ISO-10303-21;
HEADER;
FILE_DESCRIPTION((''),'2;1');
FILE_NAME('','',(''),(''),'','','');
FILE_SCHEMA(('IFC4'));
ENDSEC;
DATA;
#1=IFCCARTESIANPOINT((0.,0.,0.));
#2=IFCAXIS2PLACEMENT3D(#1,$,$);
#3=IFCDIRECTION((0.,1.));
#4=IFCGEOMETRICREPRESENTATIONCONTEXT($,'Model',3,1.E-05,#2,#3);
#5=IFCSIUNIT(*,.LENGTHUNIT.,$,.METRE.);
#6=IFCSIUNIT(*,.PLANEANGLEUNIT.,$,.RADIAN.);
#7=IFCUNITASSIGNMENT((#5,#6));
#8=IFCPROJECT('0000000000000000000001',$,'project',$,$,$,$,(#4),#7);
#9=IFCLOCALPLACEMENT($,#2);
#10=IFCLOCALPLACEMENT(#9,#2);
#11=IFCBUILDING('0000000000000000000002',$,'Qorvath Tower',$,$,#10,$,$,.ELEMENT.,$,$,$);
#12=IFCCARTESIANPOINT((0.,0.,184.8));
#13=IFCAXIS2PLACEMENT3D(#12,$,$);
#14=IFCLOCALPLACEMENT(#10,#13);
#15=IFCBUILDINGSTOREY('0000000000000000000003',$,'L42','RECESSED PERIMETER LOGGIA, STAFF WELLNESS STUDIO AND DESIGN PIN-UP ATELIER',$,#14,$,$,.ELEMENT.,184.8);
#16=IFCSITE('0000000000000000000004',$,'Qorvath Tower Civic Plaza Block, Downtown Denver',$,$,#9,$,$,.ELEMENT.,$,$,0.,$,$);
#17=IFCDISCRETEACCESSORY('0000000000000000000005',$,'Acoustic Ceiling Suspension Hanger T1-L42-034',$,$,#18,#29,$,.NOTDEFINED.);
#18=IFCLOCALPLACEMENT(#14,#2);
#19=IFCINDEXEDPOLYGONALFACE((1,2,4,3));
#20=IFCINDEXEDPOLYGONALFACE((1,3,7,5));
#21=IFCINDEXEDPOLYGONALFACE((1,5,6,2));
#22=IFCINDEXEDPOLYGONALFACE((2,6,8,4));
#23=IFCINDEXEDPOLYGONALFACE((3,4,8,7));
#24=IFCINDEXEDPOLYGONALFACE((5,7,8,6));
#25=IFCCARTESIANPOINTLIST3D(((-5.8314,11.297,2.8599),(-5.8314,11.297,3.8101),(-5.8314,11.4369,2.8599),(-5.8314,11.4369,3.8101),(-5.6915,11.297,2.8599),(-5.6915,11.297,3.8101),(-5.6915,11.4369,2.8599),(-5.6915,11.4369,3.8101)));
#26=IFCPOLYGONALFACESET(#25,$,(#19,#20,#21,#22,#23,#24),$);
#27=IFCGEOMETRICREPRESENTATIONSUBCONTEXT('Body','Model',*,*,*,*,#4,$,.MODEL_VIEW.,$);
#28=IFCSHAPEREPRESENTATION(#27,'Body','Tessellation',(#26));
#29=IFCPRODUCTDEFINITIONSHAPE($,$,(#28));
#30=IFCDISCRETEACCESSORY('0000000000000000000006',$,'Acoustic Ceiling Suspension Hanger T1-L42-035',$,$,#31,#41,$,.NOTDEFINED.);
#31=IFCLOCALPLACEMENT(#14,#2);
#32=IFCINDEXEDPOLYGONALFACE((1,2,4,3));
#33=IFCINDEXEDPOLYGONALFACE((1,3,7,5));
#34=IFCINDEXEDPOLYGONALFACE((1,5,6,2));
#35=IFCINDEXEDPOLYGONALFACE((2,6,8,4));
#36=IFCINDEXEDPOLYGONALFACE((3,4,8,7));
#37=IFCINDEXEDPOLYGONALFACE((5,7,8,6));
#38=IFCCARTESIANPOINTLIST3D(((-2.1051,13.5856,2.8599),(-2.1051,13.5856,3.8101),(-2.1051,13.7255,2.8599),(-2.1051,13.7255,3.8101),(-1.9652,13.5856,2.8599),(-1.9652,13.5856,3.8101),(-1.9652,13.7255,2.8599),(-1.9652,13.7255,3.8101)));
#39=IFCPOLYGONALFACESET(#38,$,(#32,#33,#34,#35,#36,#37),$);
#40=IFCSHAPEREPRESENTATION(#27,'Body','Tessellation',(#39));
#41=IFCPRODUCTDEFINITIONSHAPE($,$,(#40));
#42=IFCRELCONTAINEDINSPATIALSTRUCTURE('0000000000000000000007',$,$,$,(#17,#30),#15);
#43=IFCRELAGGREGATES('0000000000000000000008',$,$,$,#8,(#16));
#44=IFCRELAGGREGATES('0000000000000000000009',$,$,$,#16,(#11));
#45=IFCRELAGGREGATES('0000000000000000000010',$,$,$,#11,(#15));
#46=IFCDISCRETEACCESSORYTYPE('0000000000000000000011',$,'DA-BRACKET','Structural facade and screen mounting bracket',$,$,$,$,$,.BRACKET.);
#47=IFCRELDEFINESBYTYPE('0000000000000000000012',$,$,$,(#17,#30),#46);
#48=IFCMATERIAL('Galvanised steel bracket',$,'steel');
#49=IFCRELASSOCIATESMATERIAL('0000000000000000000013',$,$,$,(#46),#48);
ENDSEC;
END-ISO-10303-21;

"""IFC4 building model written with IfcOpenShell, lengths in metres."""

from ifc_helpers import new_model, si_unit, direction, frame, origin, origin_2d, place, context, subcontext, project, spatial, rectangle, extrude, material, type_object, element, save


model = new_model("IFC4")

# Units and contexts
model_context = context("Model", 3, precision=1e-05, world=origin(), true_north=direction((0.0, 1.0)))
body_context = subcontext(model_context, "Body", "Model", "MODEL_VIEW")
ifc_project = project(units=[si_unit("LENGTHUNIT", "METRE"), si_unit("PLANEANGLEUNIT", "RADIAN")], contexts=[model_context])

# Site, building, storey
site_placement = place(None, origin())
site = spatial("IfcSite", under=ifc_project, at=site_placement, Name="Qorvath Tower Civic Plaza Block, Downtown Denver", CompositionType="ELEMENT", RefElevation=0.0)
building_placement = place(site_placement, origin())
building = spatial("IfcBuilding", under=site, at=building_placement, Name="Qorvath Tower", CompositionType="ELEMENT")
storey_placement = place(building_placement, frame((0.0, 0.0, 184.8)))
storey = spatial("IfcBuildingStorey", under=building, at=storey_placement, Name="L42", Description="RECESSED PERIMETER LOGGIA, STAFF WELLNESS STUDIO AND DESIGN PIN-UP ATELIER", CompositionType="ELEMENT", Elevation=184.8)

# Discrete accessories
ifc_material_1 = material(Name="Galvanised steel bracket", Category="steel")
discrete_accessory_type = type_object("IfcDiscreteAccessoryType", Name="DA-BRACKET", Description="Structural facade and screen mounting bracket", PredefinedType="BRACKET", material=ifc_material_1)
for number, where, z_axis, x_axis, name in (
    (1, (-5.7615, 11.3669, 2.8599), (0.0, 0.0, 1.0), (1.0, 0.0, 0.0), "Acoustic Ceiling Suspension Hanger T1-L42-034"),
    (2, (-2.0352, 13.6555, 2.8599), (0.0, 0.0, 1.0), (1.0, 0.0, 0.0), "Acoustic Ceiling Suspension Hanger T1-L42-035"),
):
    element("IfcDiscreteAccessory", number, at=place(storey_placement, frame(where, z_axis=z_axis, x_axis=x_axis)), inside=storey, type_object=discrete_accessory_type, Name=name, PredefinedType="NOTDEFINED", context=body_context, shape_type="SweptSolid", body=[
        extrude(rectangle(XDim=0.1399, YDim=0.1399, at=origin_2d()), origin(), (0.0, 0.0, 1.0), 0.9502),
    ])

save(model, "model.ifc")
